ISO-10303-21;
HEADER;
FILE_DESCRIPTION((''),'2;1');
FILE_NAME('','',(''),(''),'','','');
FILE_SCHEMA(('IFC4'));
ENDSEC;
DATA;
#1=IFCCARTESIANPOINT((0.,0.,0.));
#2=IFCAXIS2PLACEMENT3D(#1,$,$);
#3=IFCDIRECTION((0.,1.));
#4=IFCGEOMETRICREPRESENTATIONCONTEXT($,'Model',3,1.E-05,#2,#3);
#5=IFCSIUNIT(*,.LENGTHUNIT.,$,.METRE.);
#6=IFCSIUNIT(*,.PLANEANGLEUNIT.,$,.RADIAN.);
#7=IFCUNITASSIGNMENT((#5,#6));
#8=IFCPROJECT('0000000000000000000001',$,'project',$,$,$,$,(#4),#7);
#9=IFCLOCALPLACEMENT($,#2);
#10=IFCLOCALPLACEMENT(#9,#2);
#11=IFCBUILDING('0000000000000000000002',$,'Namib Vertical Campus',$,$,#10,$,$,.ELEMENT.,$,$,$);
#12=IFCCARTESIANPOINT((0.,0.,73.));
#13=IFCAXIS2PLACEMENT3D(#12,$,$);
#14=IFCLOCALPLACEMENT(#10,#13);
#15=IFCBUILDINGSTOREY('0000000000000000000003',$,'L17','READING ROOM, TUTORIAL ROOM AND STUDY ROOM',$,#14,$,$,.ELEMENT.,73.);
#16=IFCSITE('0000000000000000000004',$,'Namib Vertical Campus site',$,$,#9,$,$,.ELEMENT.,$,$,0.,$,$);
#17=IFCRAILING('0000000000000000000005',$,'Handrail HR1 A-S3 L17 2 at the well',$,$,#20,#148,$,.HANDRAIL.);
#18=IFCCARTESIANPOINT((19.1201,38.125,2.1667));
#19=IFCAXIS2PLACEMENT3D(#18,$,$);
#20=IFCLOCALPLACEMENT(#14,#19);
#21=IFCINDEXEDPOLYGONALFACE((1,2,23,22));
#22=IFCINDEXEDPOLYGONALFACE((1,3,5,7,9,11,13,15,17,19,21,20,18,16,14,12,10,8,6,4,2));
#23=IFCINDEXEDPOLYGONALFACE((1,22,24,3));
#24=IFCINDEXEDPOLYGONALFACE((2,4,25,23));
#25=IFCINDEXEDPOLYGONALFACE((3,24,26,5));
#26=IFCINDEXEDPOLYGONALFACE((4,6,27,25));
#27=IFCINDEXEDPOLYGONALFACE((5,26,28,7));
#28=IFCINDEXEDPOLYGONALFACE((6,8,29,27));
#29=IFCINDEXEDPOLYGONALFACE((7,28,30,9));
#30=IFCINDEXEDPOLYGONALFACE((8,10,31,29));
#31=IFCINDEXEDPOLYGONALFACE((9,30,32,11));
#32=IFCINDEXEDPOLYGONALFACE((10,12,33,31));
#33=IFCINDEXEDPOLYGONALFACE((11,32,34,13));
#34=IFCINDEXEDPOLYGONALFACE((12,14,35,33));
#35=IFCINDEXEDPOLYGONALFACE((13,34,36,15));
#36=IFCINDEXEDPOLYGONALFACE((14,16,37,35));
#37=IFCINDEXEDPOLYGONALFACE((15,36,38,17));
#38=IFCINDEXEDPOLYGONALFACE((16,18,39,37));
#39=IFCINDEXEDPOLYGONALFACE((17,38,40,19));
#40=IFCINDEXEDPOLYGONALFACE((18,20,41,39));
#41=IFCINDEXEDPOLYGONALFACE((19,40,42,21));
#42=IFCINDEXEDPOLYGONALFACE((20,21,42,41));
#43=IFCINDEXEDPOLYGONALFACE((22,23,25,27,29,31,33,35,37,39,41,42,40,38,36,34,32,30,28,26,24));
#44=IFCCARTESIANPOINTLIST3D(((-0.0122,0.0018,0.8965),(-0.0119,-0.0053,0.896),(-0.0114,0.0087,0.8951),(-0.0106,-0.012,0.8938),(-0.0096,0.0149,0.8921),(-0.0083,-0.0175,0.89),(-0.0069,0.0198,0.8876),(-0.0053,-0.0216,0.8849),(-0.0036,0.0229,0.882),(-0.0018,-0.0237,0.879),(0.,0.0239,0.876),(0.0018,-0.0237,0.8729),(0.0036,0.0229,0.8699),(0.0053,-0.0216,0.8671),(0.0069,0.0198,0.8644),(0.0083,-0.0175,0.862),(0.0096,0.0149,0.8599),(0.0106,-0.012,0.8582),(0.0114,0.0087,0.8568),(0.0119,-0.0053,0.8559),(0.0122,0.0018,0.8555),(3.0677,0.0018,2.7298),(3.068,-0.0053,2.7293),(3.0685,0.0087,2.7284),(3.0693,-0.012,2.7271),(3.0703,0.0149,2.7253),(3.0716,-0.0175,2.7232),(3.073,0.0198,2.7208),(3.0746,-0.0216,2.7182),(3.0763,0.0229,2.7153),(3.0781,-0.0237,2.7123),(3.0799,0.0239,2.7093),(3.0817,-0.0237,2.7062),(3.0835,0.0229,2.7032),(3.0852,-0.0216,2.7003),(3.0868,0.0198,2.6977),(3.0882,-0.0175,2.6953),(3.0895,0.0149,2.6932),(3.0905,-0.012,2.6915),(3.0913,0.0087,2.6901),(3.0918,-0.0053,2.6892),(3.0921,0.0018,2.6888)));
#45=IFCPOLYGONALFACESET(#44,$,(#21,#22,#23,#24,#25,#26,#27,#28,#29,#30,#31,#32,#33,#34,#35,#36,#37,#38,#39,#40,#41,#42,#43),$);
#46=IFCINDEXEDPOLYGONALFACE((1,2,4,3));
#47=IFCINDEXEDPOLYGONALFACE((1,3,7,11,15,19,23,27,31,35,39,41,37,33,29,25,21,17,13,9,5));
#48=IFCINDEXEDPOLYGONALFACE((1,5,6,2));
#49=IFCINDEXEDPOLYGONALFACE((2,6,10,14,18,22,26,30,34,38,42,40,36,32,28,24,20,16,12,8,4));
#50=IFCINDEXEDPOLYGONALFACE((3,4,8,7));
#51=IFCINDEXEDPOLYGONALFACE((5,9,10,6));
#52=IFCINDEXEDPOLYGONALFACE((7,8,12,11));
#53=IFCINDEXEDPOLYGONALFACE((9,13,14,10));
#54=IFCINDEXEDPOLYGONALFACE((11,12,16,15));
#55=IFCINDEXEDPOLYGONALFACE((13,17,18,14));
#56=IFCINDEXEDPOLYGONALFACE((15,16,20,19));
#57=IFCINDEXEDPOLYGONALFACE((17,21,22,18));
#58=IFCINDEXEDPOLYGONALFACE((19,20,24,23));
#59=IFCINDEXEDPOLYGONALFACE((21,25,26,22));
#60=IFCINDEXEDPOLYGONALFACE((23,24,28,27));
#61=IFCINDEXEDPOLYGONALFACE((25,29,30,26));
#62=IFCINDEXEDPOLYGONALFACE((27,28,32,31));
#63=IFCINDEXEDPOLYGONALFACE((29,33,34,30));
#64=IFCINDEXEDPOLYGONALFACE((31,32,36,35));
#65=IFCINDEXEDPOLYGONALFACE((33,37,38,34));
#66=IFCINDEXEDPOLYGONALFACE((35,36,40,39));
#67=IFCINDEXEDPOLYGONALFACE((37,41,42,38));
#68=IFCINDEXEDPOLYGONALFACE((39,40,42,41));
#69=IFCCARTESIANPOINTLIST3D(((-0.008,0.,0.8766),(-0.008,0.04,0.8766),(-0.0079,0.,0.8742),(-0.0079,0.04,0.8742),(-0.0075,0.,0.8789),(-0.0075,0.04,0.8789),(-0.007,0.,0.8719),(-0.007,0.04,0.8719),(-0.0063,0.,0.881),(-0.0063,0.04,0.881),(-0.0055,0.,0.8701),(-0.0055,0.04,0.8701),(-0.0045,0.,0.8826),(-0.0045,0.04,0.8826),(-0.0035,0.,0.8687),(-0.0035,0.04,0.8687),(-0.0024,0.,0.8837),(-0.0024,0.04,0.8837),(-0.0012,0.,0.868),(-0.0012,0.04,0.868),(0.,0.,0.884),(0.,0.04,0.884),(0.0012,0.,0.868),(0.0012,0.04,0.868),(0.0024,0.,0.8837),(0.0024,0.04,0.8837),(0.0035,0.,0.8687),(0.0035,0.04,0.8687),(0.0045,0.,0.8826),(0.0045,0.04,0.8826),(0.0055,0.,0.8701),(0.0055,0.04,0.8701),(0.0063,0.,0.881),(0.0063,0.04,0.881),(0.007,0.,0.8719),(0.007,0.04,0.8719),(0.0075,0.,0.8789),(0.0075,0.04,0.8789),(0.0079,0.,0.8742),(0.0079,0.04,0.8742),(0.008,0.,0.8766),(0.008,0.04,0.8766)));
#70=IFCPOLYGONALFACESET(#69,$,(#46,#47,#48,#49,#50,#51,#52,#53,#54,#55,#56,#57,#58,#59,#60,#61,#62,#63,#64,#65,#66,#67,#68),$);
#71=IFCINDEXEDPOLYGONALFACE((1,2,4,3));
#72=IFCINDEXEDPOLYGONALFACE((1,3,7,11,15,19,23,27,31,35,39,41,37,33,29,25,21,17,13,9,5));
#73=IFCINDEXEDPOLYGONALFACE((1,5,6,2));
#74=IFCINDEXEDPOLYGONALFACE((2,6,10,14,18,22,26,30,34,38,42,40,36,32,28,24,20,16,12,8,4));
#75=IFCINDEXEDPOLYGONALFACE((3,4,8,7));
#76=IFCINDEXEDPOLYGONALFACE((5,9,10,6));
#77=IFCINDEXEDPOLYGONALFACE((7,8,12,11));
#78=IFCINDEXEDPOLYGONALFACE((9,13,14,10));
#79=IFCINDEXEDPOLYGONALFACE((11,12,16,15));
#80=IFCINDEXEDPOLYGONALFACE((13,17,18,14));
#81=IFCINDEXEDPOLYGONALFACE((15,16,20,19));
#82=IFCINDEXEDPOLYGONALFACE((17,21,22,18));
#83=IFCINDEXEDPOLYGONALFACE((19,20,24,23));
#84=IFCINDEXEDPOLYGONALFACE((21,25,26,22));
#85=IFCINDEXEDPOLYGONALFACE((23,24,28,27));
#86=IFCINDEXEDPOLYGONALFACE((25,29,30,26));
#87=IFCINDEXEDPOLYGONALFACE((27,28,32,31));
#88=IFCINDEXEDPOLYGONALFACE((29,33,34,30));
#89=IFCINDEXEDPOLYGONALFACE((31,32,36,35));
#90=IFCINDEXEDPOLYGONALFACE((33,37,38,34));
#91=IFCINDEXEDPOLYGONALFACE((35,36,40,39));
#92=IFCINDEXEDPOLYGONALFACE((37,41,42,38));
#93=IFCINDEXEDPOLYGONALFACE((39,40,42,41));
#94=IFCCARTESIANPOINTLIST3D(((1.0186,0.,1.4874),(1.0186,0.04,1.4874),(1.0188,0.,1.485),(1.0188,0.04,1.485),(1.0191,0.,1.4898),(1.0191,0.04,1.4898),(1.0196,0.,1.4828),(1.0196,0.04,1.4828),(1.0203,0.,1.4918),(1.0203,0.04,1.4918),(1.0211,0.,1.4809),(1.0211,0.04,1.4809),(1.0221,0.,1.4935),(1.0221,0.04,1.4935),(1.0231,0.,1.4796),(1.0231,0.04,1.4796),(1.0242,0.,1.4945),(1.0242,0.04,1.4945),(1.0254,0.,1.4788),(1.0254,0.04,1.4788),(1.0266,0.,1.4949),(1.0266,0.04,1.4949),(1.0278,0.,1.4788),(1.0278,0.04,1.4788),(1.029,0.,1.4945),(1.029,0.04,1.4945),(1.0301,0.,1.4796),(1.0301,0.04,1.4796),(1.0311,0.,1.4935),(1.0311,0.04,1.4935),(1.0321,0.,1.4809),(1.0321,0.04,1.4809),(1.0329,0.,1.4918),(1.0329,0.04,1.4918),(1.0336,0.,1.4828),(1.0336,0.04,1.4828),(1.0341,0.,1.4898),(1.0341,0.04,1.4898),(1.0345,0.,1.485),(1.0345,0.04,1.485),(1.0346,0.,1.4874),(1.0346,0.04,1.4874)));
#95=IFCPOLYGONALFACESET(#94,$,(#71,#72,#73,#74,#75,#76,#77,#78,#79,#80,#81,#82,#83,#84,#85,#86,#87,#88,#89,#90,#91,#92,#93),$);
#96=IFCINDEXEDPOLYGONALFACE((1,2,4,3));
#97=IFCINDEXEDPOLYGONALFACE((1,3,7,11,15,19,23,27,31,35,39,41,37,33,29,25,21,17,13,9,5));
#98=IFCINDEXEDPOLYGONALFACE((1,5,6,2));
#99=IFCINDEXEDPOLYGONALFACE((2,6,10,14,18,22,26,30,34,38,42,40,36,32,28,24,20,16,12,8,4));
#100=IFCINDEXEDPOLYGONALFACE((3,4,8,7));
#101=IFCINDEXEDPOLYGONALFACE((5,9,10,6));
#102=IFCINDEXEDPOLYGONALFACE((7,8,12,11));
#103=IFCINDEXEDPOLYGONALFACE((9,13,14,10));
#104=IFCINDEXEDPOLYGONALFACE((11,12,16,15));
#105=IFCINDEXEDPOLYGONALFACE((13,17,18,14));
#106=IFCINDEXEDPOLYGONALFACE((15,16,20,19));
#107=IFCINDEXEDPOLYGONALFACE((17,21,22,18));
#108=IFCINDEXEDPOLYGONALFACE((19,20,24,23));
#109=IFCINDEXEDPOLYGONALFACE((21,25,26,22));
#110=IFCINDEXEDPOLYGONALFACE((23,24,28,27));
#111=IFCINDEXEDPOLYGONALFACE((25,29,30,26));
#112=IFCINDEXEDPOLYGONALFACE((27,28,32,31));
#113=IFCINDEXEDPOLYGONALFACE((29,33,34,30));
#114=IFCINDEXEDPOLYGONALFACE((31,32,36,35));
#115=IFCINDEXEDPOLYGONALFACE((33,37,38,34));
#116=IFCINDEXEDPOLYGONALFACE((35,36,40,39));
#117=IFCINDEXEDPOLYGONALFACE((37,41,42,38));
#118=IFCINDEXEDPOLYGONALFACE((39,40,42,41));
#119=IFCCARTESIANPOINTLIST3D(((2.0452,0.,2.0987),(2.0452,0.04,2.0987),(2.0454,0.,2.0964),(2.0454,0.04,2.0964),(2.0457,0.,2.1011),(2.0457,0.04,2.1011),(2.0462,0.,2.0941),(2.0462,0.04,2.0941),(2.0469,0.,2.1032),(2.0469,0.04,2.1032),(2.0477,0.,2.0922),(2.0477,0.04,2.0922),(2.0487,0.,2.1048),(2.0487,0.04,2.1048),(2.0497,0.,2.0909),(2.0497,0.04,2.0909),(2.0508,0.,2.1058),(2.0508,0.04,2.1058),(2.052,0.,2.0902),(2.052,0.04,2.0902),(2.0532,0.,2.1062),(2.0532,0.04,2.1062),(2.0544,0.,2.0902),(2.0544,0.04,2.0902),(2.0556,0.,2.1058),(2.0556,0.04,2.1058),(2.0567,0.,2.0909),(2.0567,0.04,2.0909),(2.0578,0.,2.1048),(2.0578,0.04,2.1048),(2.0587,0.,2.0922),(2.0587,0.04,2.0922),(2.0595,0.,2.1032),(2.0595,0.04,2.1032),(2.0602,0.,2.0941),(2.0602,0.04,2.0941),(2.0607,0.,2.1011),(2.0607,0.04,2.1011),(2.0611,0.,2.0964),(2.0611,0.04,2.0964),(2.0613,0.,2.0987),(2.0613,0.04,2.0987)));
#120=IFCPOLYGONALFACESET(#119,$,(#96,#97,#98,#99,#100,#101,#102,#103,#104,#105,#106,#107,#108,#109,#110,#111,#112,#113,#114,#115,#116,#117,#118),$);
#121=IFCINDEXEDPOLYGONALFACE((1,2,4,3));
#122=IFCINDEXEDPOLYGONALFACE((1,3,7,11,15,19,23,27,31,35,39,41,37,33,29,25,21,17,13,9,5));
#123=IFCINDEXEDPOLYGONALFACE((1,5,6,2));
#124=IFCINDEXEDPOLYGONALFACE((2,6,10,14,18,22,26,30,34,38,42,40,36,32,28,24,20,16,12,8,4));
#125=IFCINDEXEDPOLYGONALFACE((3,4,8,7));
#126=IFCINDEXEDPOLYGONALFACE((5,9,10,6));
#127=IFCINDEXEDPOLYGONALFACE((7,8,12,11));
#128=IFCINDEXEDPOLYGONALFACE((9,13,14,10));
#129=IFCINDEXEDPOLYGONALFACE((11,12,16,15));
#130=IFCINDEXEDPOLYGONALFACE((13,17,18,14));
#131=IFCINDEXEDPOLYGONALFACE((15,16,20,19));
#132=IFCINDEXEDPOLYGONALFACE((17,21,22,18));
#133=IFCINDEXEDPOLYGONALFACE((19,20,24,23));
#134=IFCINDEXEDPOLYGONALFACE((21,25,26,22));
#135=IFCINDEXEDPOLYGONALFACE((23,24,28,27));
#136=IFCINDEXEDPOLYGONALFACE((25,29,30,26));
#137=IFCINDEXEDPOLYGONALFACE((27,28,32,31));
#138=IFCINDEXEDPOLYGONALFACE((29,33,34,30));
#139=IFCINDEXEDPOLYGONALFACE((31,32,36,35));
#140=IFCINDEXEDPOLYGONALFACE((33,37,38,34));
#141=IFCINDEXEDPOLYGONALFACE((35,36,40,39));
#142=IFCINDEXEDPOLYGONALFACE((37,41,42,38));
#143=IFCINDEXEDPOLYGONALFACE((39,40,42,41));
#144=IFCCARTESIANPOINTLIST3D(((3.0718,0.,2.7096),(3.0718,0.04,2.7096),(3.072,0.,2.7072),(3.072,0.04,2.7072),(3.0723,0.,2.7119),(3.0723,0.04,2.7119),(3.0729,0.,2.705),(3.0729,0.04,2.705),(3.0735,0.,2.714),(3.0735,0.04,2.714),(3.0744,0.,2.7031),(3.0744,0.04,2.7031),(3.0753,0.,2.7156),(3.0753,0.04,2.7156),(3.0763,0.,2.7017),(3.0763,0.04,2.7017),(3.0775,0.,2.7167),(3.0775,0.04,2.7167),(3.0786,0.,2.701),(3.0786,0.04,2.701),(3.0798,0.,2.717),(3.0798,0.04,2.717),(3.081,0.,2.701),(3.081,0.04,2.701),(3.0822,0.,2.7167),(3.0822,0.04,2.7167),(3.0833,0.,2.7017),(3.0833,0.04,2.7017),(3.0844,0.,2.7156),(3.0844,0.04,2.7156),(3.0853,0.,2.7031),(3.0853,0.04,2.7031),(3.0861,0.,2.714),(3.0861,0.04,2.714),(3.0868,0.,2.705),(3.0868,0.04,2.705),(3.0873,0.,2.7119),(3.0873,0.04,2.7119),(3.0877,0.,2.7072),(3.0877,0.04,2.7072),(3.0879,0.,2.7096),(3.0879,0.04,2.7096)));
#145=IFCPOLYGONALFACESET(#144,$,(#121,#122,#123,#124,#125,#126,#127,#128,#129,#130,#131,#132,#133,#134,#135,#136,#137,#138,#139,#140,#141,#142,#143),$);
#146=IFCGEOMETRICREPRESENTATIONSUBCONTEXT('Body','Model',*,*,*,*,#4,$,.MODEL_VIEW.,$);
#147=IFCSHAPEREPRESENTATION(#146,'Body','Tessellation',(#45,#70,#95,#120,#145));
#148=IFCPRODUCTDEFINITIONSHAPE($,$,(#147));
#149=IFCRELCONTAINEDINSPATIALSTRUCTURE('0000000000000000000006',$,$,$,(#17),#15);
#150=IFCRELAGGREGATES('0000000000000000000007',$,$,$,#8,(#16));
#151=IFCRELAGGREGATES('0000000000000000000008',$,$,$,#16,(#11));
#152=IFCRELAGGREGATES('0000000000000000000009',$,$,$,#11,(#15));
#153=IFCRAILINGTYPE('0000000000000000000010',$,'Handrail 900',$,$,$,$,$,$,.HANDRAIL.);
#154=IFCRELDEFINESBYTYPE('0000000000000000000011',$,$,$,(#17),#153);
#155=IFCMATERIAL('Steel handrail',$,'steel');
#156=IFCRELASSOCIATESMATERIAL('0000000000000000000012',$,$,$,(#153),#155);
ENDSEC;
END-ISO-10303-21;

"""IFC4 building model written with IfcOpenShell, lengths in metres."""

from ifc_helpers import new_model, si_unit, direction, frame, origin, origin_2d, place, context, subcontext, project, spatial, circle, extrude, material, type_object, element, save


model = new_model("IFC4")

# Units and contexts
model_context = context("Model", 3, precision=1e-05, world=origin(), true_north=direction((0.0, 1.0)))
body_context = subcontext(model_context, "Body", "Model", "MODEL_VIEW")
ifc_project = project(units=[si_unit("LENGTHUNIT", "METRE"), si_unit("PLANEANGLEUNIT", "RADIAN")], contexts=[model_context])

# Site, building, storey
site_placement = place(None, origin())
site = spatial("IfcSite", under=ifc_project, at=site_placement, Name="Namib Vertical Campus site", CompositionType="ELEMENT", RefElevation=0.0)
building_placement = place(site_placement, origin())
building = spatial("IfcBuilding", under=site, at=building_placement, Name="Namib Vertical Campus", CompositionType="ELEMENT")
storey_placement = place(building_placement, frame((0.0, 0.0, 73.0)))
storey = spatial("IfcBuildingStorey", under=building, at=storey_placement, Name="L17", Description="READING ROOM, TUTORIAL ROOM AND STUDY ROOM", CompositionType="ELEMENT", Elevation=73.0)

# Railing
ifc_material_1 = material(Name="Steel handrail", Category="steel")
railing_type = type_object("IfcRailingType", Name="Handrail 900", PredefinedType="HANDRAIL", material=ifc_material_1)
railing_1_placement = place(storey_placement, frame((19.1201, 38.125, 2.1667)))
element("IfcRailing", 1, at=railing_1_placement, inside=storey, type_object=railing_type, Name="Handrail HR1 A-S3 L17 2 at the well", PredefinedType="HANDRAIL", context=body_context, shape_type="SweptSolid", body=[
    extrude(circle(Radius=0.0239, at=origin_2d()), frame((0.0, 0.0, 0.876), z_axis=(0.859291, 0.0, 0.511487), x_axis=(0.0, 1.0, 0.0)), (0.0, 0.0, 1.0), 3.5842),
    extrude(circle(Radius=0.0081, at=origin_2d()), frame((0.0, 0.0, 0.876), z_axis=(0.0, 1.0, 0.0), x_axis=(0.0, 0.0, 1.0)), (0.0, 0.0, 1.0), 0.04),
    extrude(circle(Radius=0.0081, at=origin_2d()), frame((1.0266, 0.0, 1.4868), z_axis=(0.0, 1.0, 0.0), x_axis=(0.0, 0.0, 1.0)), (0.0, 0.0, 1.0), 0.04),
    extrude(circle(Radius=0.0081, at=origin_2d()), frame((2.0532, 0.0, 2.0981), z_axis=(0.0, 1.0, 0.0), x_axis=(0.0, 0.0, 1.0)), (0.0, 0.0, 1.0), 0.04),
    extrude(circle(Radius=0.0081, at=origin_2d()), frame((3.0798, 0.0, 2.709), z_axis=(0.0, 1.0, 0.0), x_axis=(0.0, 0.0, 1.0)), (0.0, 0.0, 1.0), 0.04),
])

save(model, "model.ifc")
